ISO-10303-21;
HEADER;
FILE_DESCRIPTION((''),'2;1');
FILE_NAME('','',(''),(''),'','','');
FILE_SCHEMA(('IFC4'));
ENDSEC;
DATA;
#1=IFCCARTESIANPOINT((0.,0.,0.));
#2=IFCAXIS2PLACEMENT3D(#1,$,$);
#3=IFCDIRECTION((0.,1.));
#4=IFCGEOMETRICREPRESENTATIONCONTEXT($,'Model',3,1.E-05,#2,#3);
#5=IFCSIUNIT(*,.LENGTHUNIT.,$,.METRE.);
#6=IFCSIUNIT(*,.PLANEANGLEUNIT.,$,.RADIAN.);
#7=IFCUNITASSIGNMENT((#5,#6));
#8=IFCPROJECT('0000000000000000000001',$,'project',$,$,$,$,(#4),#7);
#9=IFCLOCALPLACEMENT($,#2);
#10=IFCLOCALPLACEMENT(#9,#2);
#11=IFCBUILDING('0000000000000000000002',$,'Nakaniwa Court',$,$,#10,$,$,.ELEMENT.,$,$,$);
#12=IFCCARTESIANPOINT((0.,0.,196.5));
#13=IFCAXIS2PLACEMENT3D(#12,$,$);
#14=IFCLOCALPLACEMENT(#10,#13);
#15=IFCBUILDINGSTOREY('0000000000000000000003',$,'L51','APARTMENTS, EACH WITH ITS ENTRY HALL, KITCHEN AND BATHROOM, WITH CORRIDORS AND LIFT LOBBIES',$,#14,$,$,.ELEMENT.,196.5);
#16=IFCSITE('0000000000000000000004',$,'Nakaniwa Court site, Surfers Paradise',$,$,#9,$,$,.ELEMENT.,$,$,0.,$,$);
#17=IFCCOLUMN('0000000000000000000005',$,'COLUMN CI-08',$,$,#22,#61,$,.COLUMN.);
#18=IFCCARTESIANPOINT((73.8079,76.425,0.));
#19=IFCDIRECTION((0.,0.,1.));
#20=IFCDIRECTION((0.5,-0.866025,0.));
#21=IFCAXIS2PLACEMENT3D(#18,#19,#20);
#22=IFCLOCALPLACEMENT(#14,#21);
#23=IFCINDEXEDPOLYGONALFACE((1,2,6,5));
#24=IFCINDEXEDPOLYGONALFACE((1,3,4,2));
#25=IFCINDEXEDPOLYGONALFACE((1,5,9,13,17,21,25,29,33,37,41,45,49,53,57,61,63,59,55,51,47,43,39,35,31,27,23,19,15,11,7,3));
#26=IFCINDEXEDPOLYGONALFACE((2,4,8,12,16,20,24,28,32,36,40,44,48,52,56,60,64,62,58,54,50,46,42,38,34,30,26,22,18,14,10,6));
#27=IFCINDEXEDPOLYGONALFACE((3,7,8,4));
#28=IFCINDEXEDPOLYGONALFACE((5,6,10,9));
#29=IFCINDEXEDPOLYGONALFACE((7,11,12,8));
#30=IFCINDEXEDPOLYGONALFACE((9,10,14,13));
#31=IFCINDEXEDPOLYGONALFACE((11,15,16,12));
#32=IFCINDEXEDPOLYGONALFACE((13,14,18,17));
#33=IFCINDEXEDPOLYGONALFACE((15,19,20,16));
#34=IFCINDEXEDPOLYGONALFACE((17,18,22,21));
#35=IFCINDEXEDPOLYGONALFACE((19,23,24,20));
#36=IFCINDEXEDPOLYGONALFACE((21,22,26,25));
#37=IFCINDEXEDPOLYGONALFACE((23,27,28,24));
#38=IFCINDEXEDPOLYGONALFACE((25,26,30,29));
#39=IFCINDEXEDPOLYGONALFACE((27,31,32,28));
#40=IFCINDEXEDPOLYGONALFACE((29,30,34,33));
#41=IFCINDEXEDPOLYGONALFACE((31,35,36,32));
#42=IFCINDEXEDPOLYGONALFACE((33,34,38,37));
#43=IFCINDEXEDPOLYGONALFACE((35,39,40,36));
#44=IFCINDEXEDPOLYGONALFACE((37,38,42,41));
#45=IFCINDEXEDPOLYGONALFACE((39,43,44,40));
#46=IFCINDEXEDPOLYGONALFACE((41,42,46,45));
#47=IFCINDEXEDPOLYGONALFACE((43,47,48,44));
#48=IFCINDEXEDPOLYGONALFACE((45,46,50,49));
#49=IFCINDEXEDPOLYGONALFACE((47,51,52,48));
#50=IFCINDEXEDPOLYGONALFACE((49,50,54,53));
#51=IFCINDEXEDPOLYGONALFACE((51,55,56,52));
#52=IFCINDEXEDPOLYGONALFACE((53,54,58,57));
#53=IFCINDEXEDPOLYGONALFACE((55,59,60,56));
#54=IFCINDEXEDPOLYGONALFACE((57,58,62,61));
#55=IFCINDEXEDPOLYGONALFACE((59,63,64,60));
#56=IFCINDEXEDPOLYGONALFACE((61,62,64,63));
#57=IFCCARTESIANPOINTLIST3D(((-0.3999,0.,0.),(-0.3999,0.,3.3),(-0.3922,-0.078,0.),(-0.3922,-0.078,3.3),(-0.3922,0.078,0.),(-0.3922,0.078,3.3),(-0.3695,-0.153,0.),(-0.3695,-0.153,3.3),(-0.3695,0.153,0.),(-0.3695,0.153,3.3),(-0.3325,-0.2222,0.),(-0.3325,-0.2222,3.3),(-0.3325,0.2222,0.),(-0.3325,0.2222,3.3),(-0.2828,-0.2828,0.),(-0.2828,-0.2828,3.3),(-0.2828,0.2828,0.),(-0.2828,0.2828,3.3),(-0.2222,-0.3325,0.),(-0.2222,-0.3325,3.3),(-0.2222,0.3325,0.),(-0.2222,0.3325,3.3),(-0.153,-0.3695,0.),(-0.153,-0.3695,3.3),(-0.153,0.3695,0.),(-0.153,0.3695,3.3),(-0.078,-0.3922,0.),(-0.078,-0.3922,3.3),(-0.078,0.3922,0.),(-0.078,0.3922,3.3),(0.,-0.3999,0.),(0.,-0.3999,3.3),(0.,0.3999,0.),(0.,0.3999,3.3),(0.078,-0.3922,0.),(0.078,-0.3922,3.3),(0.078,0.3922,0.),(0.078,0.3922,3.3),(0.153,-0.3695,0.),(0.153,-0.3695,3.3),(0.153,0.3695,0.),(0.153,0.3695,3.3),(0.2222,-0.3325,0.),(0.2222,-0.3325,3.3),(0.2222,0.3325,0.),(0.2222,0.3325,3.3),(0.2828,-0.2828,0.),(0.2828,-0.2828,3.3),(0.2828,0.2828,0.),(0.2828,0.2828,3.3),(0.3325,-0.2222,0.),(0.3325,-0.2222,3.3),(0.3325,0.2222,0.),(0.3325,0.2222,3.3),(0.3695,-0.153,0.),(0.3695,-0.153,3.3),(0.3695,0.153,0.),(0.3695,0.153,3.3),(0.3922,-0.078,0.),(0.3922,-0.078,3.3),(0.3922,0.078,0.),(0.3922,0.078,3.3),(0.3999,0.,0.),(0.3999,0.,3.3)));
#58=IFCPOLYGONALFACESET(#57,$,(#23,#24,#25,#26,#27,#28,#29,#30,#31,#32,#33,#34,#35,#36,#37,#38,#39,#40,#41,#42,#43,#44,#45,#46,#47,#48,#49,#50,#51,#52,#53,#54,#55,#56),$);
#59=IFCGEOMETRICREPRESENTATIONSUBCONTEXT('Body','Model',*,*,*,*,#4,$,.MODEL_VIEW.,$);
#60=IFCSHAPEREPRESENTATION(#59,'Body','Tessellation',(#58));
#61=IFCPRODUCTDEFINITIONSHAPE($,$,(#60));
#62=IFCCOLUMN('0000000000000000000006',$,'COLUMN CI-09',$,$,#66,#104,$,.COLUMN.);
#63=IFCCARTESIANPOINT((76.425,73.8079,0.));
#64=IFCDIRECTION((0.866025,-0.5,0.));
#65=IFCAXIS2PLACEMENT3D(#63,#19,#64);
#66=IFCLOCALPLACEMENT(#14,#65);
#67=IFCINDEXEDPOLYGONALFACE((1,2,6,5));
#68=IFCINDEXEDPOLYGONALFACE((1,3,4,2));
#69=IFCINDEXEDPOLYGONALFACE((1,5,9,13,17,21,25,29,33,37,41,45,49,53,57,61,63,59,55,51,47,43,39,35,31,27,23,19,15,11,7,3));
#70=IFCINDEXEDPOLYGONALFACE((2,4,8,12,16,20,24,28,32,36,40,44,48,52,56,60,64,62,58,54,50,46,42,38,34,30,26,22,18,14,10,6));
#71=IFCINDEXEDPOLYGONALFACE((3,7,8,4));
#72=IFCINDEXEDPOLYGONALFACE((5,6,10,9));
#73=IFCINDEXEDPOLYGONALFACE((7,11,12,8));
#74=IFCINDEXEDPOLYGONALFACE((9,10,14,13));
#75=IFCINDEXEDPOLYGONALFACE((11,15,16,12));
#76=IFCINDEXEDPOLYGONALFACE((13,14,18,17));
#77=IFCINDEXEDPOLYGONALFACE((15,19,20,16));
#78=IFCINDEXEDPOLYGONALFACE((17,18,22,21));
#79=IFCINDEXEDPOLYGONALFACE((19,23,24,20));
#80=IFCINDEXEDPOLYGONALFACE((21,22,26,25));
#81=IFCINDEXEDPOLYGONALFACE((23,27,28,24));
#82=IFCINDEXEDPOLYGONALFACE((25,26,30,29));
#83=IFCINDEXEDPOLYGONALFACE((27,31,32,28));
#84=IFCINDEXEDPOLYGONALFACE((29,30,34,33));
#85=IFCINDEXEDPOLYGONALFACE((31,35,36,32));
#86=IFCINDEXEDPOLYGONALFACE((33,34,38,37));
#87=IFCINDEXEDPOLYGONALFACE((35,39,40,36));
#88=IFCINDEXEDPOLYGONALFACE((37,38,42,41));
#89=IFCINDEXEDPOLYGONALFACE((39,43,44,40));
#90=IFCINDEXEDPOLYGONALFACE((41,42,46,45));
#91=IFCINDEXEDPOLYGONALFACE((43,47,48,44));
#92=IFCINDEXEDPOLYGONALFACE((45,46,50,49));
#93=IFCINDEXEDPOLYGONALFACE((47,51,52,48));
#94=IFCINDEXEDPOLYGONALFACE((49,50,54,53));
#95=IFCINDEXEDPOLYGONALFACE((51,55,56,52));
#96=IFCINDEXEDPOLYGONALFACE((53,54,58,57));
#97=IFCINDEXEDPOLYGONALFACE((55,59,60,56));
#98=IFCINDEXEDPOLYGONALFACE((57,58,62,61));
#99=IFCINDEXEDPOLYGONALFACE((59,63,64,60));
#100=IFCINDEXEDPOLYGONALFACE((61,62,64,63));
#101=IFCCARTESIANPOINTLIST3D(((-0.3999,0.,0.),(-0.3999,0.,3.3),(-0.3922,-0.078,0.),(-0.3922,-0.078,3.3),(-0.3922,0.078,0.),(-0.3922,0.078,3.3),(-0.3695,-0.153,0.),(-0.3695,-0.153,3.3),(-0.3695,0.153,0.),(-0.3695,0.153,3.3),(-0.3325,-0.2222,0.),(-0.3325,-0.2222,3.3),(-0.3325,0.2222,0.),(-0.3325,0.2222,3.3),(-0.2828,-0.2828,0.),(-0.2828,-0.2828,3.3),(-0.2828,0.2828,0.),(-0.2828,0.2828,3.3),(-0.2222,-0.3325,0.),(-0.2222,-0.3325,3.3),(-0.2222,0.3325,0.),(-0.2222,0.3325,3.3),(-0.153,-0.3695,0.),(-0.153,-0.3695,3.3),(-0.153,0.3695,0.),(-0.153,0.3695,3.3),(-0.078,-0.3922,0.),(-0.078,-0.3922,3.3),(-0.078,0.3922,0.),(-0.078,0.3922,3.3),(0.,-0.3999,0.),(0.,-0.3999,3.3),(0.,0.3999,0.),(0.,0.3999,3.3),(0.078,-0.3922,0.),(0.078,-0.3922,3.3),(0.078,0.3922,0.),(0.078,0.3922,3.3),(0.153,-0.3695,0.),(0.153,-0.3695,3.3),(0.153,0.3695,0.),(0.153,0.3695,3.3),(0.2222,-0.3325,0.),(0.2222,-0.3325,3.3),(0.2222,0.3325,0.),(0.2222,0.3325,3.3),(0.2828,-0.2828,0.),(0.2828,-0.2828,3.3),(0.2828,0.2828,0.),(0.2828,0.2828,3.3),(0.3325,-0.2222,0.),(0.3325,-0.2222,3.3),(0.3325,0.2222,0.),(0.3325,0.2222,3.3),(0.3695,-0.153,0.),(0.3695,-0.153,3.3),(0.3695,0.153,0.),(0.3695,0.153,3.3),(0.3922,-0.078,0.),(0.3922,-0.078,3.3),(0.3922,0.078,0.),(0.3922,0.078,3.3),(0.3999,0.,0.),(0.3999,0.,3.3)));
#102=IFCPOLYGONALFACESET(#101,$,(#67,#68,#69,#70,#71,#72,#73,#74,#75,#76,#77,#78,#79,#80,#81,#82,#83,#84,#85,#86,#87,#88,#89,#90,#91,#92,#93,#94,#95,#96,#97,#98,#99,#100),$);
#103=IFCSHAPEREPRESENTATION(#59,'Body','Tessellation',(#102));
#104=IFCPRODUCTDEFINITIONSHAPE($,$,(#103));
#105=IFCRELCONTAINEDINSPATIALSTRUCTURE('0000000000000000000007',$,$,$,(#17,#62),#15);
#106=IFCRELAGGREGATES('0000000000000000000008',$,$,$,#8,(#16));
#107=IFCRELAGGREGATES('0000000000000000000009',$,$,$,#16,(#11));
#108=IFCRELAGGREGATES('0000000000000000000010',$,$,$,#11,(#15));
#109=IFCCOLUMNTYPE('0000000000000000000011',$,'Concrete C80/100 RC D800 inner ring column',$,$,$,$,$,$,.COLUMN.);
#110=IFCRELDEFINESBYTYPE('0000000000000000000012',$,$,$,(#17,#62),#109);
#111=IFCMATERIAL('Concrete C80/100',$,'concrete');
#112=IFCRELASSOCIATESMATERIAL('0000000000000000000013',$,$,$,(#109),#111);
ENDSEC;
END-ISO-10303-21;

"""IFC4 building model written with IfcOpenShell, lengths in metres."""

from ifc_helpers import new_model, si_unit, direction, frame, origin, origin_2d, place, context, subcontext, project, spatial, circle, extrude, material, material_profile, profile_set, type_object, element, save


model = new_model("IFC4")

# Units and contexts
model_context = context("Model", 3, precision=1e-05, world=origin(), true_north=direction((0.0, 1.0)))
body_context = subcontext(model_context, "Body", "Model", "MODEL_VIEW")
ifc_project = project(units=[si_unit("LENGTHUNIT", "METRE"), si_unit("PLANEANGLEUNIT", "RADIAN")], contexts=[model_context])

# Site, building, storey
site_placement = place(None, origin())
site = spatial("IfcSite", under=ifc_project, at=site_placement, Name="Nakaniwa Court site, Surfers Paradise", CompositionType="ELEMENT", RefElevation=0.0)
building_placement = place(site_placement, origin())
building = spatial("IfcBuilding", under=site, at=building_placement, Name="Nakaniwa Court", CompositionType="ELEMENT")
storey_placement = place(building_placement, frame((0.0, 0.0, 196.5)))
storey = spatial("IfcBuildingStorey", under=building, at=storey_placement, Name="L51", Description="APARTMENTS, EACH WITH ITS ENTRY HALL, KITCHEN AND BATHROOM, WITH CORRIDORS AND LIFT LOBBIES", CompositionType="ELEMENT", Elevation=196.5)

# Columns
ifc_material_1 = material(Name="Concrete C80/100", Category="concrete")
ifc_material_profile_1 = material_profile(ifc_material_1, circle(Radius=0.3999, at=origin_2d()), Name="Concrete C80/100 RC D800 inner ring column")
ifc_profile_set_1 = profile_set([ifc_material_profile_1], Name="Concrete C80/100")
column_type_1 = type_object("IfcColumnType", Name="Concrete C80/100 RC D800 inner ring column", PredefinedType="COLUMN", material=ifc_profile_set_1)
for number, where, z_axis, x_axis, name in (
    (1, (73.8079, 76.425, 0.0), (0.0, 0.0, 1.0), (0.5, -0.866025, 0.0), "COLUMN CI-08"),
    (2, (76.425, 73.8079, 0.0), (0.0, 0.0, 1.0), (0.866025, -0.5, 0.0), "COLUMN CI-09"),
):
    element("IfcColumn", number, at=place(storey_placement, frame(where, z_axis=z_axis, x_axis=x_axis)), inside=storey, type_object=column_type_1, Name=name, PredefinedType="COLUMN", context=body_context, shape_type="SweptSolid", body=[
        extrude(circle(Radius=0.3999, at=origin_2d()), origin(), (0.0, 0.0, 1.0), 3.3),
    ])

save(model, "model.ifc")
